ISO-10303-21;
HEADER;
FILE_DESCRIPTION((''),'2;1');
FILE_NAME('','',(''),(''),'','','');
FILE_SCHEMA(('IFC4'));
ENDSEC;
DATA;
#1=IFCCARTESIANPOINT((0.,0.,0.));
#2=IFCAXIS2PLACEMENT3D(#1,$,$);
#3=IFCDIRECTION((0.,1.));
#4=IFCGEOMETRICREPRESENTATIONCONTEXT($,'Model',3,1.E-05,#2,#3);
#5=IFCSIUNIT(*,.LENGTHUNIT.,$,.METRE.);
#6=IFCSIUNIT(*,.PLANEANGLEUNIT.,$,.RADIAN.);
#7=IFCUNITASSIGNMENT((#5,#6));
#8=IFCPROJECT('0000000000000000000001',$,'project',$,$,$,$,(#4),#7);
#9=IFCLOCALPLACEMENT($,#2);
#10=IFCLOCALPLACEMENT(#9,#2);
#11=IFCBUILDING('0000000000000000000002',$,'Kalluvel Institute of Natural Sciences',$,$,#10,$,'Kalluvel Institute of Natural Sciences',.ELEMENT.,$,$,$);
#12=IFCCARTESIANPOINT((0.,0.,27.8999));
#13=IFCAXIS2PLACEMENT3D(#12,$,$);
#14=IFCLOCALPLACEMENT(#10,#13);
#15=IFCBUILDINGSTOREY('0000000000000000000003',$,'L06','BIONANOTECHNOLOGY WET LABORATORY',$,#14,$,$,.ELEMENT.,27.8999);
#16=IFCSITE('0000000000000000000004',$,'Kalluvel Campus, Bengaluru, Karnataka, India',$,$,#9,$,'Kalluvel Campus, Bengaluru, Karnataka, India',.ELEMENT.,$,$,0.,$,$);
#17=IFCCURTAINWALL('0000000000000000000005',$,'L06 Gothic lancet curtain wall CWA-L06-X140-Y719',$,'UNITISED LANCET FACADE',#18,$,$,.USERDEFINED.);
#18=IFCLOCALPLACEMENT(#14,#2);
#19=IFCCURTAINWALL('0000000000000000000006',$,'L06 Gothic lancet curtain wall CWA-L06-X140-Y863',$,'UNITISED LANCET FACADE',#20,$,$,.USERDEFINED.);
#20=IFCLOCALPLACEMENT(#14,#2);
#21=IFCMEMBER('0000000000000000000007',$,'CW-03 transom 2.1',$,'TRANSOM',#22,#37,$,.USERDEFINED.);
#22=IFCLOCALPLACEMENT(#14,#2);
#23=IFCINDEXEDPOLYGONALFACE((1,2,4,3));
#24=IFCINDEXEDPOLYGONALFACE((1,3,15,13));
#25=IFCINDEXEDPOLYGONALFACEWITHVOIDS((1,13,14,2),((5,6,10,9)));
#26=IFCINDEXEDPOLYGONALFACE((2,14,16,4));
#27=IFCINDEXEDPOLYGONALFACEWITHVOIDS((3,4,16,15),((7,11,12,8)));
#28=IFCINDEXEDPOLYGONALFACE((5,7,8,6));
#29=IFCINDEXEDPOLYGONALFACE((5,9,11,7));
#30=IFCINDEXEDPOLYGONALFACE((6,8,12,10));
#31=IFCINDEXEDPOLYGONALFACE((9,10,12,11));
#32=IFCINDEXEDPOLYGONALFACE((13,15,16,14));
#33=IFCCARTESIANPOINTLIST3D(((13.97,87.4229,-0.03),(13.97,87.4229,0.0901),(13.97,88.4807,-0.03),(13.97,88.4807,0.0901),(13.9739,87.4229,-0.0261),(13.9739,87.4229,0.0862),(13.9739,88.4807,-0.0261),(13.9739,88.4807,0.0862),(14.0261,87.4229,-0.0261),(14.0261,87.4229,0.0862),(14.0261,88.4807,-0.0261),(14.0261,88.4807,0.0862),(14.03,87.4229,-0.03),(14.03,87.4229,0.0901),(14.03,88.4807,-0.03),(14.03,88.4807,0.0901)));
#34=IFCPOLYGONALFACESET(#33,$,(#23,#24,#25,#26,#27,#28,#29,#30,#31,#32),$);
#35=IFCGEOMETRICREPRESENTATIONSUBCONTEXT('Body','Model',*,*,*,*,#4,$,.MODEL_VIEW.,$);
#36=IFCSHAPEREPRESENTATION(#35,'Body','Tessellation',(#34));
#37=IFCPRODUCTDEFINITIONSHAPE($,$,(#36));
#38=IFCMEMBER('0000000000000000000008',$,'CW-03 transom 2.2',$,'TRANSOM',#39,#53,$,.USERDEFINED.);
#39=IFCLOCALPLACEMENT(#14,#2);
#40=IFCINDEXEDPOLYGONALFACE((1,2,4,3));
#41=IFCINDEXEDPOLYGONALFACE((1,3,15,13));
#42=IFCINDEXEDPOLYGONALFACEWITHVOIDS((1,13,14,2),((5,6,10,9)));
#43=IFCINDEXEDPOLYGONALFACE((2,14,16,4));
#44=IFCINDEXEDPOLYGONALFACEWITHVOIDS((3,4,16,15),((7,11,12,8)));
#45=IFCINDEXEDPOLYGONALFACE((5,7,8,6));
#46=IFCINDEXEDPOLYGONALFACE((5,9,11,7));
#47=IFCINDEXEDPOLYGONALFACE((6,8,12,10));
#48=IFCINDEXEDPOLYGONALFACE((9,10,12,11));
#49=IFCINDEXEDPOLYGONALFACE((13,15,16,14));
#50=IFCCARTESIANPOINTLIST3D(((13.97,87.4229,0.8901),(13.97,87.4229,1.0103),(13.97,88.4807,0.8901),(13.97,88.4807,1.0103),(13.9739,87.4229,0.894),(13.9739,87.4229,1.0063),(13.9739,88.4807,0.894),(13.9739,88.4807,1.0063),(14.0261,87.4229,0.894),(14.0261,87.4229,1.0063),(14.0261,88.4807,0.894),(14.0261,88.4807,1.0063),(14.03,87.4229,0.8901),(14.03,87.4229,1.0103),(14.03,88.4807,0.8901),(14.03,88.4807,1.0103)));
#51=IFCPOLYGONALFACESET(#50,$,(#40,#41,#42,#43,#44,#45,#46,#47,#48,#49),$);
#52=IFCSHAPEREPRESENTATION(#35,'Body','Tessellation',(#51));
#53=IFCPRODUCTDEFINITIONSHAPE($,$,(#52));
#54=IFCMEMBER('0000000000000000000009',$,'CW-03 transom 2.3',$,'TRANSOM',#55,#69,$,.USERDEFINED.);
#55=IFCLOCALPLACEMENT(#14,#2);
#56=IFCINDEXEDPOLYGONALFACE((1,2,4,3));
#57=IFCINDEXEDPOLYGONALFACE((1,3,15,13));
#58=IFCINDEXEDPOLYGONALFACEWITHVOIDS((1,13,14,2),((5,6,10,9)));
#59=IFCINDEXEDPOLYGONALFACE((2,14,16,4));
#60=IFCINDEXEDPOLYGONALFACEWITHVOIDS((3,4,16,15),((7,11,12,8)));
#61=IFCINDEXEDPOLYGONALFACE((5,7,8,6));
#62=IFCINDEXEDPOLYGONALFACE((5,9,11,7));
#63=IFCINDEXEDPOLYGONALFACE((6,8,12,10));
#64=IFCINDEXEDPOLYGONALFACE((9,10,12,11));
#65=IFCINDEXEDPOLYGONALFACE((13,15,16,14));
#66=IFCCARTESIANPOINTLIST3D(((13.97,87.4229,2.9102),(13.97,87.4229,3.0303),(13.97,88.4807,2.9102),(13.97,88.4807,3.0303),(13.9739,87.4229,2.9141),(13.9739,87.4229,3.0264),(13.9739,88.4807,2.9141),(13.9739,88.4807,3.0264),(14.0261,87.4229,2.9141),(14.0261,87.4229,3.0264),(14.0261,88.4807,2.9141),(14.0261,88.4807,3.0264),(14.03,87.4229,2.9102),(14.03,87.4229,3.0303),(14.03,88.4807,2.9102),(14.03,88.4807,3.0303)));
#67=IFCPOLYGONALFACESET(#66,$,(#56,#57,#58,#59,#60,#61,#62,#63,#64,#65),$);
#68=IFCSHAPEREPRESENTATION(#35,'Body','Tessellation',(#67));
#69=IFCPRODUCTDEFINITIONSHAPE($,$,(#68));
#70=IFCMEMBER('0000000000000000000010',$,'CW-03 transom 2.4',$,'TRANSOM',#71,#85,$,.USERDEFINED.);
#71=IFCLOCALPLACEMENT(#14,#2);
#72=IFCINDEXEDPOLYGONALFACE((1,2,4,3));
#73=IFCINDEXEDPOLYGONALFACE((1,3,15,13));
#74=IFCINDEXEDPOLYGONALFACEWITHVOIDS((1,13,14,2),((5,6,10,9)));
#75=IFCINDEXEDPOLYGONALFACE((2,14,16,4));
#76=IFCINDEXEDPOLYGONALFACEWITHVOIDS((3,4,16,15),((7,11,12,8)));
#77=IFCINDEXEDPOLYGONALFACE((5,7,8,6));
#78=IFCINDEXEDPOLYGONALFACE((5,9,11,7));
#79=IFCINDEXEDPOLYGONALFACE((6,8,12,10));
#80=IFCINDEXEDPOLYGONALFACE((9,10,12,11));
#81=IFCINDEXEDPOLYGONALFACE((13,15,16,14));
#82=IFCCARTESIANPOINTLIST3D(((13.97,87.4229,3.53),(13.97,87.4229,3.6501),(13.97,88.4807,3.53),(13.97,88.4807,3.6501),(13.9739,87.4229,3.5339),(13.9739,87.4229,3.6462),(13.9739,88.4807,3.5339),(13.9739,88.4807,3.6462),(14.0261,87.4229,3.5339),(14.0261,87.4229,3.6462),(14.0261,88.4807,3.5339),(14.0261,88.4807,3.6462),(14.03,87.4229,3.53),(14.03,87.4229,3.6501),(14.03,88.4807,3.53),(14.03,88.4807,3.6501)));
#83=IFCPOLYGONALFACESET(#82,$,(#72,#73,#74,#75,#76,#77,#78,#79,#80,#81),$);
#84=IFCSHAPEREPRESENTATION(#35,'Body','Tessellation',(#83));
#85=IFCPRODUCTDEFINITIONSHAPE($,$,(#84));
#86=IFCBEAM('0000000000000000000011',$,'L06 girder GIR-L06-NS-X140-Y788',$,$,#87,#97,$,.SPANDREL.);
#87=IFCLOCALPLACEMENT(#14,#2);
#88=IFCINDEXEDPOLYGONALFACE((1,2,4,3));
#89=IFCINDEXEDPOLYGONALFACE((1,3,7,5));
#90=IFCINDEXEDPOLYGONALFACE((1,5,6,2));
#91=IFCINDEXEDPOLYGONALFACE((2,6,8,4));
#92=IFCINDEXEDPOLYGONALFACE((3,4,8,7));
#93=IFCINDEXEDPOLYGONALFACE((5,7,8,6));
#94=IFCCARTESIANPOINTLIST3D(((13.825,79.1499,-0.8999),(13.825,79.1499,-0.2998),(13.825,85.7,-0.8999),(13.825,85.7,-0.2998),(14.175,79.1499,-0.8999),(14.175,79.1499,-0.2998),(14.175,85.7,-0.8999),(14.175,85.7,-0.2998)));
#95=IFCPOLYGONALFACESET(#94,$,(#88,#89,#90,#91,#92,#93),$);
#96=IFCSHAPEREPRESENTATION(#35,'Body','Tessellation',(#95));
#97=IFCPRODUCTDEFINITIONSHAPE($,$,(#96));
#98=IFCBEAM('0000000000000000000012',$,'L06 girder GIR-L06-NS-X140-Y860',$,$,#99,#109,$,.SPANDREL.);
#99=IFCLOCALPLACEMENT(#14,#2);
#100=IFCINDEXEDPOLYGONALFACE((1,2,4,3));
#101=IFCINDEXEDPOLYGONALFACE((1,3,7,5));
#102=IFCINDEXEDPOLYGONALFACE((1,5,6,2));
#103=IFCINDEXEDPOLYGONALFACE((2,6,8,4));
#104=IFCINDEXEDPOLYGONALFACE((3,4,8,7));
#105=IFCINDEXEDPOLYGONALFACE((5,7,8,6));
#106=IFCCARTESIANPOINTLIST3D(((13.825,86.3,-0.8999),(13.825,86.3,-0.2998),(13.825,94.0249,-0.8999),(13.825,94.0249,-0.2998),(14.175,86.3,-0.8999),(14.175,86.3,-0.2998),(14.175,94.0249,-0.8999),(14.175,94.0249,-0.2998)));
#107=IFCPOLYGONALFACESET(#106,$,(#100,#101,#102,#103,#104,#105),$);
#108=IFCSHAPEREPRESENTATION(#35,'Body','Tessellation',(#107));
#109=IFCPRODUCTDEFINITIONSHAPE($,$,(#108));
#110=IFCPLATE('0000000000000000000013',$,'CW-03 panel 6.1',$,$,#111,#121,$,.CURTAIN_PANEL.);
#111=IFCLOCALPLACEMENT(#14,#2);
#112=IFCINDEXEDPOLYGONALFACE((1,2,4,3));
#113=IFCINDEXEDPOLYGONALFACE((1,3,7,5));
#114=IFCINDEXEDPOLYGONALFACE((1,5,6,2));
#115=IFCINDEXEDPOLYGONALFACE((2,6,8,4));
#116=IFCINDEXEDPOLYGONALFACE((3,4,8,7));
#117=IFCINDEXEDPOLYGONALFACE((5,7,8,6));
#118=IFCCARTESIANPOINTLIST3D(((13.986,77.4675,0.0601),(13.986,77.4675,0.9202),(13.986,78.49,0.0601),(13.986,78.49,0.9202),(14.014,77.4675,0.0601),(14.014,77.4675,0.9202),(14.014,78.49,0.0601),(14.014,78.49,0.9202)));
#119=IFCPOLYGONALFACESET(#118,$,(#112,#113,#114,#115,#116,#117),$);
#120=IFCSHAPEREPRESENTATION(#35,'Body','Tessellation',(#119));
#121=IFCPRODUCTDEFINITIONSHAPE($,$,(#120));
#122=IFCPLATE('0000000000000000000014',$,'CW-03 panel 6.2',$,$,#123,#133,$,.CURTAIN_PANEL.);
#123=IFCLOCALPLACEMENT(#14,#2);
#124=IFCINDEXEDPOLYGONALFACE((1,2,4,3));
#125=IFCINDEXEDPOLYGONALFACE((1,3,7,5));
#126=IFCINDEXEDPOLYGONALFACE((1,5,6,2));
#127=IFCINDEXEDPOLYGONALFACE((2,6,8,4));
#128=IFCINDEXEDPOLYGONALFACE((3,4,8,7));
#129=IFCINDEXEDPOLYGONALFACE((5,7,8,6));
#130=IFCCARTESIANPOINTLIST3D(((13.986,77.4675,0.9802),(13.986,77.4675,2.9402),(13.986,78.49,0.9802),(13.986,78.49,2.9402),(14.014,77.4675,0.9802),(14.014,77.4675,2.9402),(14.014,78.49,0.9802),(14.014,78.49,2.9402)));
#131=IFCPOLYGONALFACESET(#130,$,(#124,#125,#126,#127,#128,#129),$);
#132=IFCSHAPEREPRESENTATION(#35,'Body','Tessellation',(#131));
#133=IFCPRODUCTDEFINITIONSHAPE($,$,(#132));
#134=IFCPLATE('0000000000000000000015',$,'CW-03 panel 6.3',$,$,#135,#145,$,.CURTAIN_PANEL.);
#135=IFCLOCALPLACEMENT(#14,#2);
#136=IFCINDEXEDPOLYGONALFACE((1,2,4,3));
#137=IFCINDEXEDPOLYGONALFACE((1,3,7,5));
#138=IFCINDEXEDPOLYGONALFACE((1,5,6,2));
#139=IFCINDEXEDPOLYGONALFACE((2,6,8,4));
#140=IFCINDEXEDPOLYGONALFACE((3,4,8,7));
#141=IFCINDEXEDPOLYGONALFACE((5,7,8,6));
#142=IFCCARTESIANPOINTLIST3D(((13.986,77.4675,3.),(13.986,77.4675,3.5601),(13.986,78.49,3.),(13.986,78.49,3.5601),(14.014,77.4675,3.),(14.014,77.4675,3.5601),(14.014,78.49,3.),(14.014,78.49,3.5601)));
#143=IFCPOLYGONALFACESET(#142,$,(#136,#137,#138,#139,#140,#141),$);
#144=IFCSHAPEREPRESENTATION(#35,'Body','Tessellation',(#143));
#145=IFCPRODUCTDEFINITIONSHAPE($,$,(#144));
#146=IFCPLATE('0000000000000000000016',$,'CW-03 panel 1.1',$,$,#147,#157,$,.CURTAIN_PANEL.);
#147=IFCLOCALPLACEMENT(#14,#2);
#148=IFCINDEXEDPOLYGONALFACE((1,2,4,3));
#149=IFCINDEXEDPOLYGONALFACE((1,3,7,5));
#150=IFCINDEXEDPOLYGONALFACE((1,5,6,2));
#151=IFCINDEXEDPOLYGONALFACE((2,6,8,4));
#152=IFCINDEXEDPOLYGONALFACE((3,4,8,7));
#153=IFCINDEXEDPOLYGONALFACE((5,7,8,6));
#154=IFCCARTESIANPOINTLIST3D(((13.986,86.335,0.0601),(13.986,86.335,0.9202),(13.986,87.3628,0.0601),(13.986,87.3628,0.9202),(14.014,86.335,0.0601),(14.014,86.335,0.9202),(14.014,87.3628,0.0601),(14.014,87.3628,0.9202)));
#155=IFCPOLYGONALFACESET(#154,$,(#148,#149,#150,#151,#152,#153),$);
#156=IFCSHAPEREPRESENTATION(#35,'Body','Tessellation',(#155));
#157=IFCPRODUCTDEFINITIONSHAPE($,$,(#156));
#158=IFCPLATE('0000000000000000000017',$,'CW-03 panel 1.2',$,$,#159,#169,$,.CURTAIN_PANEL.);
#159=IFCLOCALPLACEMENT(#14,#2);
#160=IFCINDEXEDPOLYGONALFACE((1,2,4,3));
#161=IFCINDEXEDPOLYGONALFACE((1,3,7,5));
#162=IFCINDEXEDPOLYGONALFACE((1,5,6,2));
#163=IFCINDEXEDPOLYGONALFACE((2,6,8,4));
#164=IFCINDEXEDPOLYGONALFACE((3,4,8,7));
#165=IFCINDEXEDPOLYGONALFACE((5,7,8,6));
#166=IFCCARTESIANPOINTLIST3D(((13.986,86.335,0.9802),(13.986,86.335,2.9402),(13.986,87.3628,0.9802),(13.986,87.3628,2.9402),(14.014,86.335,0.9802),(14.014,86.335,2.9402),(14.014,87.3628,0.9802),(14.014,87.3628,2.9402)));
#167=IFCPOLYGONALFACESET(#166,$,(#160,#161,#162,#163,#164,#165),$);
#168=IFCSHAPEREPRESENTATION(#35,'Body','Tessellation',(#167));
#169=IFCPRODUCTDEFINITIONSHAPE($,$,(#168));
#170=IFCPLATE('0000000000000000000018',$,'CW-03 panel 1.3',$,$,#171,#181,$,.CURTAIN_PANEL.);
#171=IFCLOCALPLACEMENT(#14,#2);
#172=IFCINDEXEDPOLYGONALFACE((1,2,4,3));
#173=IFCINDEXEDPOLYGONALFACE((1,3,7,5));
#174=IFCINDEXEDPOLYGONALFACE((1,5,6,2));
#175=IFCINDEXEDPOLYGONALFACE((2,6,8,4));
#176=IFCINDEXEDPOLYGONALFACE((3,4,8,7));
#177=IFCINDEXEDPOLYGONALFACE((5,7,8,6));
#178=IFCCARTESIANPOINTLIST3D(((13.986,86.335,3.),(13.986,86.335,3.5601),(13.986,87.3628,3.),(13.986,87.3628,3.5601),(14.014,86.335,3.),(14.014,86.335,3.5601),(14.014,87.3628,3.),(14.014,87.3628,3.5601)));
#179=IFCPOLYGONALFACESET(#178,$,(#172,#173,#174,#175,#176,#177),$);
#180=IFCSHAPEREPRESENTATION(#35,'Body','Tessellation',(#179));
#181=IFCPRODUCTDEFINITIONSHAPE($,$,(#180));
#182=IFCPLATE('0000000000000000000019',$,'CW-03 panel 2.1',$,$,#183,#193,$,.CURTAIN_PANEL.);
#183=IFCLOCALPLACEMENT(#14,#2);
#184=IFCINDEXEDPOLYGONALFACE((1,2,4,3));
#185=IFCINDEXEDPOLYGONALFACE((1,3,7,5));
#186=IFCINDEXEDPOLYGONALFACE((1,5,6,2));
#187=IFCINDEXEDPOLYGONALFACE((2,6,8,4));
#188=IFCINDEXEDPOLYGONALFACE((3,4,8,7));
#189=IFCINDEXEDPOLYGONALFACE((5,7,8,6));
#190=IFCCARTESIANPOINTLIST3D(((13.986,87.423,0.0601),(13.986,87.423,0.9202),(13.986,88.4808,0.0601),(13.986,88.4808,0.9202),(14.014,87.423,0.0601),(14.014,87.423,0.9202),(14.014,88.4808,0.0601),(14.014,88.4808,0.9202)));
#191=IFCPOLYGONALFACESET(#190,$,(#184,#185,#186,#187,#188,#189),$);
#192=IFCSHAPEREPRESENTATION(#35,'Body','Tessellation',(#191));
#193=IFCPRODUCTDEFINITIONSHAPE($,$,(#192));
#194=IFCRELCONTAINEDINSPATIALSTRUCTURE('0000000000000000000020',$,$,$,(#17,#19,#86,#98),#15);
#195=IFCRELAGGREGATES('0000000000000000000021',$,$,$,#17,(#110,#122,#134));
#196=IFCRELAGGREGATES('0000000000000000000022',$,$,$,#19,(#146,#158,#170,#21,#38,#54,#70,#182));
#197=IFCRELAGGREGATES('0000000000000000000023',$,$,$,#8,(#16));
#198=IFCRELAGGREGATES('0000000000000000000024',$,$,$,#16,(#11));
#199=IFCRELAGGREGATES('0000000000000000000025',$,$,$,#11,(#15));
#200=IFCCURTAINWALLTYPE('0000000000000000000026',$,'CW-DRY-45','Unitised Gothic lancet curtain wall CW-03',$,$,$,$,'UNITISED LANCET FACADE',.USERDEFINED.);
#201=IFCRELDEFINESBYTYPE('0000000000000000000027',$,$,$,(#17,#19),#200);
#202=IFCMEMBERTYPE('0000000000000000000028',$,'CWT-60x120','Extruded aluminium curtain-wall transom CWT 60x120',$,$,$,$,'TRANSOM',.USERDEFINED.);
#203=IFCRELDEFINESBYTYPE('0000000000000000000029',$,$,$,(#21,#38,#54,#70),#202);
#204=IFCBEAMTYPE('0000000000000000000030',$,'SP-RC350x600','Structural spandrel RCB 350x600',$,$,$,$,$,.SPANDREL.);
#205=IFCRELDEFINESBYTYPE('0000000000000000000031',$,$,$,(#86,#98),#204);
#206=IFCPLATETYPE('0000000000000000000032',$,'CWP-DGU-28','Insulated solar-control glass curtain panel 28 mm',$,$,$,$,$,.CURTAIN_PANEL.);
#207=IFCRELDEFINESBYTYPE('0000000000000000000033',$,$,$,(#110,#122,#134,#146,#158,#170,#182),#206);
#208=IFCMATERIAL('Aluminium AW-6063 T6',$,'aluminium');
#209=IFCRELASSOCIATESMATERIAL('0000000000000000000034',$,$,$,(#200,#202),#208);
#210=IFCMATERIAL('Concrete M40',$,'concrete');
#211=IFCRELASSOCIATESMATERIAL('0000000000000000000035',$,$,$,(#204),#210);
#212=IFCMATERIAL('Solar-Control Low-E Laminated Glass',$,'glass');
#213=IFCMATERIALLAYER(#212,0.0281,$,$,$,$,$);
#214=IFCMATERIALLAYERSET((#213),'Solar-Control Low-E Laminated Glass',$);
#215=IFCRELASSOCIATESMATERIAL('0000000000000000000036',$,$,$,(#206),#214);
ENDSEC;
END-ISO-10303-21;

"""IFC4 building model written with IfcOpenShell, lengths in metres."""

from ifc_helpers import new_model, si_unit, direction, frame, origin, origin_2d, place, context, subcontext, project, spatial, rectangle, hollow_rectangle, extrude, material, layer, layer_set, material_profile, profile_set, type_object, element, aggregate, save


model = new_model("IFC4")

# Units and contexts
model_context = context("Model", 3, precision=1e-05, world=origin(), true_north=direction((0.0, 1.0)))
body_context = subcontext(model_context, "Body", "Model", "MODEL_VIEW")
ifc_project = project(units=[si_unit("LENGTHUNIT", "METRE"), si_unit("PLANEANGLEUNIT", "RADIAN")], contexts=[model_context])

# Site, building, storey
site_placement = place(None, origin())
site = spatial("IfcSite", under=ifc_project, at=site_placement, Name="Kalluvel Campus, Bengaluru, Karnataka, India", LongName="Kalluvel Campus, Bengaluru, Karnataka, India", CompositionType="ELEMENT", RefElevation=0.0)
building_placement = place(site_placement, origin())
building = spatial("IfcBuilding", under=site, at=building_placement, Name="Kalluvel Institute of Natural Sciences", LongName="Kalluvel Institute of Natural Sciences", CompositionType="ELEMENT")
storey_placement = place(building_placement, frame((0.0, 0.0, 27.8999)))
storey = spatial("IfcBuildingStorey", under=building, at=storey_placement, Name="L06", Description="BIONANOTECHNOLOGY WET LABORATORY", CompositionType="ELEMENT", Elevation=27.8999)

# Shared definitions
ifc_material_1 = material(Name="Concrete M40", Category="concrete")

# Curtain wall
ifc_material_2 = material(Name="Aluminium AW-6063 T6", Category="aluminium")
curtain_wall_type = type_object("IfcCurtainWallType", Name="CW-DRY-45", Description="Unitised Gothic lancet curtain wall CW-03", ElementType="UNITISED LANCET FACADE", PredefinedType="USERDEFINED", material=ifc_material_2)
curtain_wall_1_placement = place(storey_placement, origin())
curtain_wall_1 = element("IfcCurtainWall", 1, at=curtain_wall_1_placement, inside=storey, type_object=curtain_wall_type, Name="L06 Gothic lancet curtain wall CWA-L06-X140-Y719", ObjectType="UNITISED LANCET FACADE", PredefinedType="USERDEFINED")

# Curtain wall, members
curtain_wall_2_placement = place(storey_placement, origin())
curtain_wall_2 = element("IfcCurtainWall", 2, at=curtain_wall_2_placement, inside=storey, type_object=curtain_wall_type, Name="L06 Gothic lancet curtain wall CWA-L06-X140-Y863", ObjectType="UNITISED LANCET FACADE", PredefinedType="USERDEFINED")
ifc_material_profile_1 = material_profile(ifc_material_2, hollow_rectangle(XDim=0.0601, YDim=0.1201, WallThickness=0.0039, at=origin_2d()), Name="CWT 60x120")
ifc_profile_set_1 = profile_set([ifc_material_profile_1], Name="Aluminium AW-6063 T6")
member_type_1 = type_object("IfcMemberType", Name="CWT-60x120", Description="Extruded aluminium curtain-wall transom CWT 60x120", ElementType="TRANSOM", PredefinedType="USERDEFINED", material=ifc_profile_set_1)
member_1_placement = place(storey_placement, frame((14.0, 87.4229, 0.03), z_axis=(0.0, 1.0, 0.0), x_axis=(-1.0, 0.0, 0.0)))
member_1 = element("IfcMember", 3, at=member_1_placement, type_object=member_type_1, Name="CW-03 transom 2.1", ObjectType="TRANSOM", PredefinedType="USERDEFINED", context=body_context, shape_type="SweptSolid", body=[
    extrude(hollow_rectangle(XDim=0.0601, YDim=0.1201, WallThickness=0.0039, at=origin_2d()), origin(), (0.0, 0.0, 1.0), 1.0579),
])
member_2_placement = place(storey_placement, frame((14.0, 87.4229, 0.9502), z_axis=(0.0, 1.0, 0.0), x_axis=(-1.0, 0.0, 0.0)))
member_2 = element("IfcMember", 4, at=member_2_placement, type_object=member_type_1, Name="CW-03 transom 2.2", ObjectType="TRANSOM", PredefinedType="USERDEFINED", context=body_context, shape_type="SweptSolid", body=[
    extrude(hollow_rectangle(XDim=0.0601, YDim=0.1201, WallThickness=0.0039, at=origin_2d()), origin(), (0.0, 0.0, 1.0), 1.0579),
])
member_3_placement = place(storey_placement, frame((14.0, 87.4229, 2.9702), z_axis=(0.0, 1.0, 0.0), x_axis=(-1.0, 0.0, 0.0)))
member_3 = element("IfcMember", 5, at=member_3_placement, type_object=member_type_1, Name="CW-03 transom 2.3", ObjectType="TRANSOM", PredefinedType="USERDEFINED", context=body_context, shape_type="SweptSolid", body=[
    extrude(hollow_rectangle(XDim=0.0601, YDim=0.1201, WallThickness=0.0039, at=origin_2d()), origin(), (0.0, 0.0, 1.0), 1.0579),
])
member_4_placement = place(storey_placement, frame((14.0, 87.4229, 3.5901), z_axis=(0.0, 1.0, 0.0), x_axis=(-1.0, 0.0, 0.0)))
member_4 = element("IfcMember", 6, at=member_4_placement, type_object=member_type_1, Name="CW-03 transom 2.4", ObjectType="TRANSOM", PredefinedType="USERDEFINED", context=body_context, shape_type="SweptSolid", body=[
    extrude(hollow_rectangle(XDim=0.0601, YDim=0.1201, WallThickness=0.0039, at=origin_2d()), origin(), (0.0, 0.0, 1.0), 1.0579),
])

# Beams
ifc_material_profile_2 = material_profile(ifc_material_1, rectangle(XDim=0.3501, YDim=0.6001, at=origin_2d()), Name="RCB 350x600")
ifc_profile_set_2 = profile_set([ifc_material_profile_2], Name="Concrete M40")
beam_type = type_object("IfcBeamType", Name="SP-RC350x600", Description="Structural spandrel RCB 350x600", PredefinedType="SPANDREL", material=ifc_profile_set_2)
beam_1_placement = place(storey_placement, frame((14.0, 79.1499, -0.5999), z_axis=(0.0, 1.0, 0.0), x_axis=(-1.0, 0.0, 0.0)))
element("IfcBeam", 7, at=beam_1_placement, inside=storey, type_object=beam_type, Name="L06 girder GIR-L06-NS-X140-Y788", PredefinedType="SPANDREL", context=body_context, shape_type="SweptSolid", body=[
    extrude(rectangle(XDim=0.3501, YDim=0.6001, at=origin_2d()), origin(), (0.0, 0.0, 1.0), 6.55),
])
beam_2_placement = place(storey_placement, frame((14.0, 86.3, -0.5999), z_axis=(0.0, 1.0, 0.0), x_axis=(-1.0, 0.0, 0.0)))
element("IfcBeam", 8, at=beam_2_placement, inside=storey, type_object=beam_type, Name="L06 girder GIR-L06-NS-X140-Y860", PredefinedType="SPANDREL", context=body_context, shape_type="SweptSolid", body=[
    extrude(rectangle(XDim=0.3501, YDim=0.6001, at=origin_2d()), origin(), (0.0, 0.0, 1.0), 7.7249),
])

# Plates
ifc_material_3 = material(Name="Solar-Control Low-E Laminated Glass", Category="glass")
ifc_layer_1 = layer(ifc_material_3, 0.0281)
ifc_layer_set_1 = layer_set([ifc_layer_1], Name="Solar-Control Low-E Laminated Glass")
plate_type = type_object("IfcPlateType", Name="CWP-DGU-28", Description="Insulated solar-control glass curtain panel 28 mm", PredefinedType="CURTAIN_PANEL", material=ifc_layer_set_1)
plate_1_placement = place(storey_placement, frame((14.0, 77.9788, 0.0601), z_axis=(0.0, 0.0, 1.0), x_axis=(0.0, 1.0, 0.0)))
plate_1 = element("IfcPlate", 9, at=plate_1_placement, type_object=plate_type, Name="CW-03 panel 6.1", PredefinedType="CURTAIN_PANEL", context=body_context, shape_type="SweptSolid", body=[
    extrude(rectangle(XDim=1.0225, YDim=0.0281, at=origin_2d()), origin(), (0.0, 0.0, 1.0), 0.8601),
])
plate_2_placement = place(storey_placement, frame((14.0, 77.9788, 0.9802), z_axis=(0.0, 0.0, 1.0), x_axis=(0.0, 1.0, 0.0)))
plate_2 = element("IfcPlate", 10, at=plate_2_placement, type_object=plate_type, Name="CW-03 panel 6.2", PredefinedType="CURTAIN_PANEL", context=body_context, shape_type="SweptSolid", body=[
    extrude(rectangle(XDim=1.0225, YDim=0.0281, at=origin_2d()), origin(), (0.0, 0.0, 1.0), 1.96),
])
plate_3_placement = place(storey_placement, frame((14.0, 77.9788, 3.0), z_axis=(0.0, 0.0, 1.0), x_axis=(0.0, 1.0, 0.0)))
plate_3 = element("IfcPlate", 11, at=plate_3_placement, type_object=plate_type, Name="CW-03 panel 6.3", PredefinedType="CURTAIN_PANEL", context=body_context, shape_type="SweptSolid", body=[
    extrude(rectangle(XDim=1.0225, YDim=0.0281, at=origin_2d()), origin(), (0.0, 0.0, 1.0), 0.5601),
])
aggregate(curtain_wall_1, [plate_1, plate_2, plate_3])
plate_4_placement = place(storey_placement, frame((14.0, 86.8489, 0.0601), z_axis=(0.0, 0.0, 1.0), x_axis=(0.0, 1.0, 0.0)))
plate_4 = element("IfcPlate", 12, at=plate_4_placement, type_object=plate_type, Name="CW-03 panel 1.1", PredefinedType="CURTAIN_PANEL", context=body_context, shape_type="SweptSolid", body=[
    extrude(rectangle(XDim=1.0278, YDim=0.0281, at=origin_2d()), origin(), (0.0, 0.0, 1.0), 0.8601),
])
plate_5_placement = place(storey_placement, frame((14.0, 86.8489, 0.9802), z_axis=(0.0, 0.0, 1.0), x_axis=(0.0, 1.0, 0.0)))
plate_5 = element("IfcPlate", 13, at=plate_5_placement, type_object=plate_type, Name="CW-03 panel 1.2", PredefinedType="CURTAIN_PANEL", context=body_context, shape_type="SweptSolid", body=[
    extrude(rectangle(XDim=1.0278, YDim=0.0281, at=origin_2d()), origin(), (0.0, 0.0, 1.0), 1.96),
])
plate_6_placement = place(storey_placement, frame((14.0, 86.8489, 3.0), z_axis=(0.0, 0.0, 1.0), x_axis=(0.0, 1.0, 0.0)))
plate_6 = element("IfcPlate", 14, at=plate_6_placement, type_object=plate_type, Name="CW-03 panel 1.3", PredefinedType="CURTAIN_PANEL", context=body_context, shape_type="SweptSolid", body=[
    extrude(rectangle(XDim=1.0278, YDim=0.0281, at=origin_2d()), origin(), (0.0, 0.0, 1.0), 0.5601),
])
plate_7_placement = place(storey_placement, frame((14.0, 87.9519, 0.0601), z_axis=(0.0, 0.0, 1.0), x_axis=(0.0, 1.0, 0.0)))
plate_7 = element("IfcPlate", 15, at=plate_7_placement, type_object=plate_type, Name="CW-03 panel 2.1", PredefinedType="CURTAIN_PANEL", context=body_context, shape_type="SweptSolid", body=[
    extrude(rectangle(XDim=1.0579, YDim=0.0281, at=origin_2d()), origin(), (0.0, 0.0, 1.0), 0.8601),
])
aggregate(curtain_wall_2, [plate_4, plate_5, plate_6, member_1, member_2, member_3, member_4, plate_7])

save(model, "model.ifc")
